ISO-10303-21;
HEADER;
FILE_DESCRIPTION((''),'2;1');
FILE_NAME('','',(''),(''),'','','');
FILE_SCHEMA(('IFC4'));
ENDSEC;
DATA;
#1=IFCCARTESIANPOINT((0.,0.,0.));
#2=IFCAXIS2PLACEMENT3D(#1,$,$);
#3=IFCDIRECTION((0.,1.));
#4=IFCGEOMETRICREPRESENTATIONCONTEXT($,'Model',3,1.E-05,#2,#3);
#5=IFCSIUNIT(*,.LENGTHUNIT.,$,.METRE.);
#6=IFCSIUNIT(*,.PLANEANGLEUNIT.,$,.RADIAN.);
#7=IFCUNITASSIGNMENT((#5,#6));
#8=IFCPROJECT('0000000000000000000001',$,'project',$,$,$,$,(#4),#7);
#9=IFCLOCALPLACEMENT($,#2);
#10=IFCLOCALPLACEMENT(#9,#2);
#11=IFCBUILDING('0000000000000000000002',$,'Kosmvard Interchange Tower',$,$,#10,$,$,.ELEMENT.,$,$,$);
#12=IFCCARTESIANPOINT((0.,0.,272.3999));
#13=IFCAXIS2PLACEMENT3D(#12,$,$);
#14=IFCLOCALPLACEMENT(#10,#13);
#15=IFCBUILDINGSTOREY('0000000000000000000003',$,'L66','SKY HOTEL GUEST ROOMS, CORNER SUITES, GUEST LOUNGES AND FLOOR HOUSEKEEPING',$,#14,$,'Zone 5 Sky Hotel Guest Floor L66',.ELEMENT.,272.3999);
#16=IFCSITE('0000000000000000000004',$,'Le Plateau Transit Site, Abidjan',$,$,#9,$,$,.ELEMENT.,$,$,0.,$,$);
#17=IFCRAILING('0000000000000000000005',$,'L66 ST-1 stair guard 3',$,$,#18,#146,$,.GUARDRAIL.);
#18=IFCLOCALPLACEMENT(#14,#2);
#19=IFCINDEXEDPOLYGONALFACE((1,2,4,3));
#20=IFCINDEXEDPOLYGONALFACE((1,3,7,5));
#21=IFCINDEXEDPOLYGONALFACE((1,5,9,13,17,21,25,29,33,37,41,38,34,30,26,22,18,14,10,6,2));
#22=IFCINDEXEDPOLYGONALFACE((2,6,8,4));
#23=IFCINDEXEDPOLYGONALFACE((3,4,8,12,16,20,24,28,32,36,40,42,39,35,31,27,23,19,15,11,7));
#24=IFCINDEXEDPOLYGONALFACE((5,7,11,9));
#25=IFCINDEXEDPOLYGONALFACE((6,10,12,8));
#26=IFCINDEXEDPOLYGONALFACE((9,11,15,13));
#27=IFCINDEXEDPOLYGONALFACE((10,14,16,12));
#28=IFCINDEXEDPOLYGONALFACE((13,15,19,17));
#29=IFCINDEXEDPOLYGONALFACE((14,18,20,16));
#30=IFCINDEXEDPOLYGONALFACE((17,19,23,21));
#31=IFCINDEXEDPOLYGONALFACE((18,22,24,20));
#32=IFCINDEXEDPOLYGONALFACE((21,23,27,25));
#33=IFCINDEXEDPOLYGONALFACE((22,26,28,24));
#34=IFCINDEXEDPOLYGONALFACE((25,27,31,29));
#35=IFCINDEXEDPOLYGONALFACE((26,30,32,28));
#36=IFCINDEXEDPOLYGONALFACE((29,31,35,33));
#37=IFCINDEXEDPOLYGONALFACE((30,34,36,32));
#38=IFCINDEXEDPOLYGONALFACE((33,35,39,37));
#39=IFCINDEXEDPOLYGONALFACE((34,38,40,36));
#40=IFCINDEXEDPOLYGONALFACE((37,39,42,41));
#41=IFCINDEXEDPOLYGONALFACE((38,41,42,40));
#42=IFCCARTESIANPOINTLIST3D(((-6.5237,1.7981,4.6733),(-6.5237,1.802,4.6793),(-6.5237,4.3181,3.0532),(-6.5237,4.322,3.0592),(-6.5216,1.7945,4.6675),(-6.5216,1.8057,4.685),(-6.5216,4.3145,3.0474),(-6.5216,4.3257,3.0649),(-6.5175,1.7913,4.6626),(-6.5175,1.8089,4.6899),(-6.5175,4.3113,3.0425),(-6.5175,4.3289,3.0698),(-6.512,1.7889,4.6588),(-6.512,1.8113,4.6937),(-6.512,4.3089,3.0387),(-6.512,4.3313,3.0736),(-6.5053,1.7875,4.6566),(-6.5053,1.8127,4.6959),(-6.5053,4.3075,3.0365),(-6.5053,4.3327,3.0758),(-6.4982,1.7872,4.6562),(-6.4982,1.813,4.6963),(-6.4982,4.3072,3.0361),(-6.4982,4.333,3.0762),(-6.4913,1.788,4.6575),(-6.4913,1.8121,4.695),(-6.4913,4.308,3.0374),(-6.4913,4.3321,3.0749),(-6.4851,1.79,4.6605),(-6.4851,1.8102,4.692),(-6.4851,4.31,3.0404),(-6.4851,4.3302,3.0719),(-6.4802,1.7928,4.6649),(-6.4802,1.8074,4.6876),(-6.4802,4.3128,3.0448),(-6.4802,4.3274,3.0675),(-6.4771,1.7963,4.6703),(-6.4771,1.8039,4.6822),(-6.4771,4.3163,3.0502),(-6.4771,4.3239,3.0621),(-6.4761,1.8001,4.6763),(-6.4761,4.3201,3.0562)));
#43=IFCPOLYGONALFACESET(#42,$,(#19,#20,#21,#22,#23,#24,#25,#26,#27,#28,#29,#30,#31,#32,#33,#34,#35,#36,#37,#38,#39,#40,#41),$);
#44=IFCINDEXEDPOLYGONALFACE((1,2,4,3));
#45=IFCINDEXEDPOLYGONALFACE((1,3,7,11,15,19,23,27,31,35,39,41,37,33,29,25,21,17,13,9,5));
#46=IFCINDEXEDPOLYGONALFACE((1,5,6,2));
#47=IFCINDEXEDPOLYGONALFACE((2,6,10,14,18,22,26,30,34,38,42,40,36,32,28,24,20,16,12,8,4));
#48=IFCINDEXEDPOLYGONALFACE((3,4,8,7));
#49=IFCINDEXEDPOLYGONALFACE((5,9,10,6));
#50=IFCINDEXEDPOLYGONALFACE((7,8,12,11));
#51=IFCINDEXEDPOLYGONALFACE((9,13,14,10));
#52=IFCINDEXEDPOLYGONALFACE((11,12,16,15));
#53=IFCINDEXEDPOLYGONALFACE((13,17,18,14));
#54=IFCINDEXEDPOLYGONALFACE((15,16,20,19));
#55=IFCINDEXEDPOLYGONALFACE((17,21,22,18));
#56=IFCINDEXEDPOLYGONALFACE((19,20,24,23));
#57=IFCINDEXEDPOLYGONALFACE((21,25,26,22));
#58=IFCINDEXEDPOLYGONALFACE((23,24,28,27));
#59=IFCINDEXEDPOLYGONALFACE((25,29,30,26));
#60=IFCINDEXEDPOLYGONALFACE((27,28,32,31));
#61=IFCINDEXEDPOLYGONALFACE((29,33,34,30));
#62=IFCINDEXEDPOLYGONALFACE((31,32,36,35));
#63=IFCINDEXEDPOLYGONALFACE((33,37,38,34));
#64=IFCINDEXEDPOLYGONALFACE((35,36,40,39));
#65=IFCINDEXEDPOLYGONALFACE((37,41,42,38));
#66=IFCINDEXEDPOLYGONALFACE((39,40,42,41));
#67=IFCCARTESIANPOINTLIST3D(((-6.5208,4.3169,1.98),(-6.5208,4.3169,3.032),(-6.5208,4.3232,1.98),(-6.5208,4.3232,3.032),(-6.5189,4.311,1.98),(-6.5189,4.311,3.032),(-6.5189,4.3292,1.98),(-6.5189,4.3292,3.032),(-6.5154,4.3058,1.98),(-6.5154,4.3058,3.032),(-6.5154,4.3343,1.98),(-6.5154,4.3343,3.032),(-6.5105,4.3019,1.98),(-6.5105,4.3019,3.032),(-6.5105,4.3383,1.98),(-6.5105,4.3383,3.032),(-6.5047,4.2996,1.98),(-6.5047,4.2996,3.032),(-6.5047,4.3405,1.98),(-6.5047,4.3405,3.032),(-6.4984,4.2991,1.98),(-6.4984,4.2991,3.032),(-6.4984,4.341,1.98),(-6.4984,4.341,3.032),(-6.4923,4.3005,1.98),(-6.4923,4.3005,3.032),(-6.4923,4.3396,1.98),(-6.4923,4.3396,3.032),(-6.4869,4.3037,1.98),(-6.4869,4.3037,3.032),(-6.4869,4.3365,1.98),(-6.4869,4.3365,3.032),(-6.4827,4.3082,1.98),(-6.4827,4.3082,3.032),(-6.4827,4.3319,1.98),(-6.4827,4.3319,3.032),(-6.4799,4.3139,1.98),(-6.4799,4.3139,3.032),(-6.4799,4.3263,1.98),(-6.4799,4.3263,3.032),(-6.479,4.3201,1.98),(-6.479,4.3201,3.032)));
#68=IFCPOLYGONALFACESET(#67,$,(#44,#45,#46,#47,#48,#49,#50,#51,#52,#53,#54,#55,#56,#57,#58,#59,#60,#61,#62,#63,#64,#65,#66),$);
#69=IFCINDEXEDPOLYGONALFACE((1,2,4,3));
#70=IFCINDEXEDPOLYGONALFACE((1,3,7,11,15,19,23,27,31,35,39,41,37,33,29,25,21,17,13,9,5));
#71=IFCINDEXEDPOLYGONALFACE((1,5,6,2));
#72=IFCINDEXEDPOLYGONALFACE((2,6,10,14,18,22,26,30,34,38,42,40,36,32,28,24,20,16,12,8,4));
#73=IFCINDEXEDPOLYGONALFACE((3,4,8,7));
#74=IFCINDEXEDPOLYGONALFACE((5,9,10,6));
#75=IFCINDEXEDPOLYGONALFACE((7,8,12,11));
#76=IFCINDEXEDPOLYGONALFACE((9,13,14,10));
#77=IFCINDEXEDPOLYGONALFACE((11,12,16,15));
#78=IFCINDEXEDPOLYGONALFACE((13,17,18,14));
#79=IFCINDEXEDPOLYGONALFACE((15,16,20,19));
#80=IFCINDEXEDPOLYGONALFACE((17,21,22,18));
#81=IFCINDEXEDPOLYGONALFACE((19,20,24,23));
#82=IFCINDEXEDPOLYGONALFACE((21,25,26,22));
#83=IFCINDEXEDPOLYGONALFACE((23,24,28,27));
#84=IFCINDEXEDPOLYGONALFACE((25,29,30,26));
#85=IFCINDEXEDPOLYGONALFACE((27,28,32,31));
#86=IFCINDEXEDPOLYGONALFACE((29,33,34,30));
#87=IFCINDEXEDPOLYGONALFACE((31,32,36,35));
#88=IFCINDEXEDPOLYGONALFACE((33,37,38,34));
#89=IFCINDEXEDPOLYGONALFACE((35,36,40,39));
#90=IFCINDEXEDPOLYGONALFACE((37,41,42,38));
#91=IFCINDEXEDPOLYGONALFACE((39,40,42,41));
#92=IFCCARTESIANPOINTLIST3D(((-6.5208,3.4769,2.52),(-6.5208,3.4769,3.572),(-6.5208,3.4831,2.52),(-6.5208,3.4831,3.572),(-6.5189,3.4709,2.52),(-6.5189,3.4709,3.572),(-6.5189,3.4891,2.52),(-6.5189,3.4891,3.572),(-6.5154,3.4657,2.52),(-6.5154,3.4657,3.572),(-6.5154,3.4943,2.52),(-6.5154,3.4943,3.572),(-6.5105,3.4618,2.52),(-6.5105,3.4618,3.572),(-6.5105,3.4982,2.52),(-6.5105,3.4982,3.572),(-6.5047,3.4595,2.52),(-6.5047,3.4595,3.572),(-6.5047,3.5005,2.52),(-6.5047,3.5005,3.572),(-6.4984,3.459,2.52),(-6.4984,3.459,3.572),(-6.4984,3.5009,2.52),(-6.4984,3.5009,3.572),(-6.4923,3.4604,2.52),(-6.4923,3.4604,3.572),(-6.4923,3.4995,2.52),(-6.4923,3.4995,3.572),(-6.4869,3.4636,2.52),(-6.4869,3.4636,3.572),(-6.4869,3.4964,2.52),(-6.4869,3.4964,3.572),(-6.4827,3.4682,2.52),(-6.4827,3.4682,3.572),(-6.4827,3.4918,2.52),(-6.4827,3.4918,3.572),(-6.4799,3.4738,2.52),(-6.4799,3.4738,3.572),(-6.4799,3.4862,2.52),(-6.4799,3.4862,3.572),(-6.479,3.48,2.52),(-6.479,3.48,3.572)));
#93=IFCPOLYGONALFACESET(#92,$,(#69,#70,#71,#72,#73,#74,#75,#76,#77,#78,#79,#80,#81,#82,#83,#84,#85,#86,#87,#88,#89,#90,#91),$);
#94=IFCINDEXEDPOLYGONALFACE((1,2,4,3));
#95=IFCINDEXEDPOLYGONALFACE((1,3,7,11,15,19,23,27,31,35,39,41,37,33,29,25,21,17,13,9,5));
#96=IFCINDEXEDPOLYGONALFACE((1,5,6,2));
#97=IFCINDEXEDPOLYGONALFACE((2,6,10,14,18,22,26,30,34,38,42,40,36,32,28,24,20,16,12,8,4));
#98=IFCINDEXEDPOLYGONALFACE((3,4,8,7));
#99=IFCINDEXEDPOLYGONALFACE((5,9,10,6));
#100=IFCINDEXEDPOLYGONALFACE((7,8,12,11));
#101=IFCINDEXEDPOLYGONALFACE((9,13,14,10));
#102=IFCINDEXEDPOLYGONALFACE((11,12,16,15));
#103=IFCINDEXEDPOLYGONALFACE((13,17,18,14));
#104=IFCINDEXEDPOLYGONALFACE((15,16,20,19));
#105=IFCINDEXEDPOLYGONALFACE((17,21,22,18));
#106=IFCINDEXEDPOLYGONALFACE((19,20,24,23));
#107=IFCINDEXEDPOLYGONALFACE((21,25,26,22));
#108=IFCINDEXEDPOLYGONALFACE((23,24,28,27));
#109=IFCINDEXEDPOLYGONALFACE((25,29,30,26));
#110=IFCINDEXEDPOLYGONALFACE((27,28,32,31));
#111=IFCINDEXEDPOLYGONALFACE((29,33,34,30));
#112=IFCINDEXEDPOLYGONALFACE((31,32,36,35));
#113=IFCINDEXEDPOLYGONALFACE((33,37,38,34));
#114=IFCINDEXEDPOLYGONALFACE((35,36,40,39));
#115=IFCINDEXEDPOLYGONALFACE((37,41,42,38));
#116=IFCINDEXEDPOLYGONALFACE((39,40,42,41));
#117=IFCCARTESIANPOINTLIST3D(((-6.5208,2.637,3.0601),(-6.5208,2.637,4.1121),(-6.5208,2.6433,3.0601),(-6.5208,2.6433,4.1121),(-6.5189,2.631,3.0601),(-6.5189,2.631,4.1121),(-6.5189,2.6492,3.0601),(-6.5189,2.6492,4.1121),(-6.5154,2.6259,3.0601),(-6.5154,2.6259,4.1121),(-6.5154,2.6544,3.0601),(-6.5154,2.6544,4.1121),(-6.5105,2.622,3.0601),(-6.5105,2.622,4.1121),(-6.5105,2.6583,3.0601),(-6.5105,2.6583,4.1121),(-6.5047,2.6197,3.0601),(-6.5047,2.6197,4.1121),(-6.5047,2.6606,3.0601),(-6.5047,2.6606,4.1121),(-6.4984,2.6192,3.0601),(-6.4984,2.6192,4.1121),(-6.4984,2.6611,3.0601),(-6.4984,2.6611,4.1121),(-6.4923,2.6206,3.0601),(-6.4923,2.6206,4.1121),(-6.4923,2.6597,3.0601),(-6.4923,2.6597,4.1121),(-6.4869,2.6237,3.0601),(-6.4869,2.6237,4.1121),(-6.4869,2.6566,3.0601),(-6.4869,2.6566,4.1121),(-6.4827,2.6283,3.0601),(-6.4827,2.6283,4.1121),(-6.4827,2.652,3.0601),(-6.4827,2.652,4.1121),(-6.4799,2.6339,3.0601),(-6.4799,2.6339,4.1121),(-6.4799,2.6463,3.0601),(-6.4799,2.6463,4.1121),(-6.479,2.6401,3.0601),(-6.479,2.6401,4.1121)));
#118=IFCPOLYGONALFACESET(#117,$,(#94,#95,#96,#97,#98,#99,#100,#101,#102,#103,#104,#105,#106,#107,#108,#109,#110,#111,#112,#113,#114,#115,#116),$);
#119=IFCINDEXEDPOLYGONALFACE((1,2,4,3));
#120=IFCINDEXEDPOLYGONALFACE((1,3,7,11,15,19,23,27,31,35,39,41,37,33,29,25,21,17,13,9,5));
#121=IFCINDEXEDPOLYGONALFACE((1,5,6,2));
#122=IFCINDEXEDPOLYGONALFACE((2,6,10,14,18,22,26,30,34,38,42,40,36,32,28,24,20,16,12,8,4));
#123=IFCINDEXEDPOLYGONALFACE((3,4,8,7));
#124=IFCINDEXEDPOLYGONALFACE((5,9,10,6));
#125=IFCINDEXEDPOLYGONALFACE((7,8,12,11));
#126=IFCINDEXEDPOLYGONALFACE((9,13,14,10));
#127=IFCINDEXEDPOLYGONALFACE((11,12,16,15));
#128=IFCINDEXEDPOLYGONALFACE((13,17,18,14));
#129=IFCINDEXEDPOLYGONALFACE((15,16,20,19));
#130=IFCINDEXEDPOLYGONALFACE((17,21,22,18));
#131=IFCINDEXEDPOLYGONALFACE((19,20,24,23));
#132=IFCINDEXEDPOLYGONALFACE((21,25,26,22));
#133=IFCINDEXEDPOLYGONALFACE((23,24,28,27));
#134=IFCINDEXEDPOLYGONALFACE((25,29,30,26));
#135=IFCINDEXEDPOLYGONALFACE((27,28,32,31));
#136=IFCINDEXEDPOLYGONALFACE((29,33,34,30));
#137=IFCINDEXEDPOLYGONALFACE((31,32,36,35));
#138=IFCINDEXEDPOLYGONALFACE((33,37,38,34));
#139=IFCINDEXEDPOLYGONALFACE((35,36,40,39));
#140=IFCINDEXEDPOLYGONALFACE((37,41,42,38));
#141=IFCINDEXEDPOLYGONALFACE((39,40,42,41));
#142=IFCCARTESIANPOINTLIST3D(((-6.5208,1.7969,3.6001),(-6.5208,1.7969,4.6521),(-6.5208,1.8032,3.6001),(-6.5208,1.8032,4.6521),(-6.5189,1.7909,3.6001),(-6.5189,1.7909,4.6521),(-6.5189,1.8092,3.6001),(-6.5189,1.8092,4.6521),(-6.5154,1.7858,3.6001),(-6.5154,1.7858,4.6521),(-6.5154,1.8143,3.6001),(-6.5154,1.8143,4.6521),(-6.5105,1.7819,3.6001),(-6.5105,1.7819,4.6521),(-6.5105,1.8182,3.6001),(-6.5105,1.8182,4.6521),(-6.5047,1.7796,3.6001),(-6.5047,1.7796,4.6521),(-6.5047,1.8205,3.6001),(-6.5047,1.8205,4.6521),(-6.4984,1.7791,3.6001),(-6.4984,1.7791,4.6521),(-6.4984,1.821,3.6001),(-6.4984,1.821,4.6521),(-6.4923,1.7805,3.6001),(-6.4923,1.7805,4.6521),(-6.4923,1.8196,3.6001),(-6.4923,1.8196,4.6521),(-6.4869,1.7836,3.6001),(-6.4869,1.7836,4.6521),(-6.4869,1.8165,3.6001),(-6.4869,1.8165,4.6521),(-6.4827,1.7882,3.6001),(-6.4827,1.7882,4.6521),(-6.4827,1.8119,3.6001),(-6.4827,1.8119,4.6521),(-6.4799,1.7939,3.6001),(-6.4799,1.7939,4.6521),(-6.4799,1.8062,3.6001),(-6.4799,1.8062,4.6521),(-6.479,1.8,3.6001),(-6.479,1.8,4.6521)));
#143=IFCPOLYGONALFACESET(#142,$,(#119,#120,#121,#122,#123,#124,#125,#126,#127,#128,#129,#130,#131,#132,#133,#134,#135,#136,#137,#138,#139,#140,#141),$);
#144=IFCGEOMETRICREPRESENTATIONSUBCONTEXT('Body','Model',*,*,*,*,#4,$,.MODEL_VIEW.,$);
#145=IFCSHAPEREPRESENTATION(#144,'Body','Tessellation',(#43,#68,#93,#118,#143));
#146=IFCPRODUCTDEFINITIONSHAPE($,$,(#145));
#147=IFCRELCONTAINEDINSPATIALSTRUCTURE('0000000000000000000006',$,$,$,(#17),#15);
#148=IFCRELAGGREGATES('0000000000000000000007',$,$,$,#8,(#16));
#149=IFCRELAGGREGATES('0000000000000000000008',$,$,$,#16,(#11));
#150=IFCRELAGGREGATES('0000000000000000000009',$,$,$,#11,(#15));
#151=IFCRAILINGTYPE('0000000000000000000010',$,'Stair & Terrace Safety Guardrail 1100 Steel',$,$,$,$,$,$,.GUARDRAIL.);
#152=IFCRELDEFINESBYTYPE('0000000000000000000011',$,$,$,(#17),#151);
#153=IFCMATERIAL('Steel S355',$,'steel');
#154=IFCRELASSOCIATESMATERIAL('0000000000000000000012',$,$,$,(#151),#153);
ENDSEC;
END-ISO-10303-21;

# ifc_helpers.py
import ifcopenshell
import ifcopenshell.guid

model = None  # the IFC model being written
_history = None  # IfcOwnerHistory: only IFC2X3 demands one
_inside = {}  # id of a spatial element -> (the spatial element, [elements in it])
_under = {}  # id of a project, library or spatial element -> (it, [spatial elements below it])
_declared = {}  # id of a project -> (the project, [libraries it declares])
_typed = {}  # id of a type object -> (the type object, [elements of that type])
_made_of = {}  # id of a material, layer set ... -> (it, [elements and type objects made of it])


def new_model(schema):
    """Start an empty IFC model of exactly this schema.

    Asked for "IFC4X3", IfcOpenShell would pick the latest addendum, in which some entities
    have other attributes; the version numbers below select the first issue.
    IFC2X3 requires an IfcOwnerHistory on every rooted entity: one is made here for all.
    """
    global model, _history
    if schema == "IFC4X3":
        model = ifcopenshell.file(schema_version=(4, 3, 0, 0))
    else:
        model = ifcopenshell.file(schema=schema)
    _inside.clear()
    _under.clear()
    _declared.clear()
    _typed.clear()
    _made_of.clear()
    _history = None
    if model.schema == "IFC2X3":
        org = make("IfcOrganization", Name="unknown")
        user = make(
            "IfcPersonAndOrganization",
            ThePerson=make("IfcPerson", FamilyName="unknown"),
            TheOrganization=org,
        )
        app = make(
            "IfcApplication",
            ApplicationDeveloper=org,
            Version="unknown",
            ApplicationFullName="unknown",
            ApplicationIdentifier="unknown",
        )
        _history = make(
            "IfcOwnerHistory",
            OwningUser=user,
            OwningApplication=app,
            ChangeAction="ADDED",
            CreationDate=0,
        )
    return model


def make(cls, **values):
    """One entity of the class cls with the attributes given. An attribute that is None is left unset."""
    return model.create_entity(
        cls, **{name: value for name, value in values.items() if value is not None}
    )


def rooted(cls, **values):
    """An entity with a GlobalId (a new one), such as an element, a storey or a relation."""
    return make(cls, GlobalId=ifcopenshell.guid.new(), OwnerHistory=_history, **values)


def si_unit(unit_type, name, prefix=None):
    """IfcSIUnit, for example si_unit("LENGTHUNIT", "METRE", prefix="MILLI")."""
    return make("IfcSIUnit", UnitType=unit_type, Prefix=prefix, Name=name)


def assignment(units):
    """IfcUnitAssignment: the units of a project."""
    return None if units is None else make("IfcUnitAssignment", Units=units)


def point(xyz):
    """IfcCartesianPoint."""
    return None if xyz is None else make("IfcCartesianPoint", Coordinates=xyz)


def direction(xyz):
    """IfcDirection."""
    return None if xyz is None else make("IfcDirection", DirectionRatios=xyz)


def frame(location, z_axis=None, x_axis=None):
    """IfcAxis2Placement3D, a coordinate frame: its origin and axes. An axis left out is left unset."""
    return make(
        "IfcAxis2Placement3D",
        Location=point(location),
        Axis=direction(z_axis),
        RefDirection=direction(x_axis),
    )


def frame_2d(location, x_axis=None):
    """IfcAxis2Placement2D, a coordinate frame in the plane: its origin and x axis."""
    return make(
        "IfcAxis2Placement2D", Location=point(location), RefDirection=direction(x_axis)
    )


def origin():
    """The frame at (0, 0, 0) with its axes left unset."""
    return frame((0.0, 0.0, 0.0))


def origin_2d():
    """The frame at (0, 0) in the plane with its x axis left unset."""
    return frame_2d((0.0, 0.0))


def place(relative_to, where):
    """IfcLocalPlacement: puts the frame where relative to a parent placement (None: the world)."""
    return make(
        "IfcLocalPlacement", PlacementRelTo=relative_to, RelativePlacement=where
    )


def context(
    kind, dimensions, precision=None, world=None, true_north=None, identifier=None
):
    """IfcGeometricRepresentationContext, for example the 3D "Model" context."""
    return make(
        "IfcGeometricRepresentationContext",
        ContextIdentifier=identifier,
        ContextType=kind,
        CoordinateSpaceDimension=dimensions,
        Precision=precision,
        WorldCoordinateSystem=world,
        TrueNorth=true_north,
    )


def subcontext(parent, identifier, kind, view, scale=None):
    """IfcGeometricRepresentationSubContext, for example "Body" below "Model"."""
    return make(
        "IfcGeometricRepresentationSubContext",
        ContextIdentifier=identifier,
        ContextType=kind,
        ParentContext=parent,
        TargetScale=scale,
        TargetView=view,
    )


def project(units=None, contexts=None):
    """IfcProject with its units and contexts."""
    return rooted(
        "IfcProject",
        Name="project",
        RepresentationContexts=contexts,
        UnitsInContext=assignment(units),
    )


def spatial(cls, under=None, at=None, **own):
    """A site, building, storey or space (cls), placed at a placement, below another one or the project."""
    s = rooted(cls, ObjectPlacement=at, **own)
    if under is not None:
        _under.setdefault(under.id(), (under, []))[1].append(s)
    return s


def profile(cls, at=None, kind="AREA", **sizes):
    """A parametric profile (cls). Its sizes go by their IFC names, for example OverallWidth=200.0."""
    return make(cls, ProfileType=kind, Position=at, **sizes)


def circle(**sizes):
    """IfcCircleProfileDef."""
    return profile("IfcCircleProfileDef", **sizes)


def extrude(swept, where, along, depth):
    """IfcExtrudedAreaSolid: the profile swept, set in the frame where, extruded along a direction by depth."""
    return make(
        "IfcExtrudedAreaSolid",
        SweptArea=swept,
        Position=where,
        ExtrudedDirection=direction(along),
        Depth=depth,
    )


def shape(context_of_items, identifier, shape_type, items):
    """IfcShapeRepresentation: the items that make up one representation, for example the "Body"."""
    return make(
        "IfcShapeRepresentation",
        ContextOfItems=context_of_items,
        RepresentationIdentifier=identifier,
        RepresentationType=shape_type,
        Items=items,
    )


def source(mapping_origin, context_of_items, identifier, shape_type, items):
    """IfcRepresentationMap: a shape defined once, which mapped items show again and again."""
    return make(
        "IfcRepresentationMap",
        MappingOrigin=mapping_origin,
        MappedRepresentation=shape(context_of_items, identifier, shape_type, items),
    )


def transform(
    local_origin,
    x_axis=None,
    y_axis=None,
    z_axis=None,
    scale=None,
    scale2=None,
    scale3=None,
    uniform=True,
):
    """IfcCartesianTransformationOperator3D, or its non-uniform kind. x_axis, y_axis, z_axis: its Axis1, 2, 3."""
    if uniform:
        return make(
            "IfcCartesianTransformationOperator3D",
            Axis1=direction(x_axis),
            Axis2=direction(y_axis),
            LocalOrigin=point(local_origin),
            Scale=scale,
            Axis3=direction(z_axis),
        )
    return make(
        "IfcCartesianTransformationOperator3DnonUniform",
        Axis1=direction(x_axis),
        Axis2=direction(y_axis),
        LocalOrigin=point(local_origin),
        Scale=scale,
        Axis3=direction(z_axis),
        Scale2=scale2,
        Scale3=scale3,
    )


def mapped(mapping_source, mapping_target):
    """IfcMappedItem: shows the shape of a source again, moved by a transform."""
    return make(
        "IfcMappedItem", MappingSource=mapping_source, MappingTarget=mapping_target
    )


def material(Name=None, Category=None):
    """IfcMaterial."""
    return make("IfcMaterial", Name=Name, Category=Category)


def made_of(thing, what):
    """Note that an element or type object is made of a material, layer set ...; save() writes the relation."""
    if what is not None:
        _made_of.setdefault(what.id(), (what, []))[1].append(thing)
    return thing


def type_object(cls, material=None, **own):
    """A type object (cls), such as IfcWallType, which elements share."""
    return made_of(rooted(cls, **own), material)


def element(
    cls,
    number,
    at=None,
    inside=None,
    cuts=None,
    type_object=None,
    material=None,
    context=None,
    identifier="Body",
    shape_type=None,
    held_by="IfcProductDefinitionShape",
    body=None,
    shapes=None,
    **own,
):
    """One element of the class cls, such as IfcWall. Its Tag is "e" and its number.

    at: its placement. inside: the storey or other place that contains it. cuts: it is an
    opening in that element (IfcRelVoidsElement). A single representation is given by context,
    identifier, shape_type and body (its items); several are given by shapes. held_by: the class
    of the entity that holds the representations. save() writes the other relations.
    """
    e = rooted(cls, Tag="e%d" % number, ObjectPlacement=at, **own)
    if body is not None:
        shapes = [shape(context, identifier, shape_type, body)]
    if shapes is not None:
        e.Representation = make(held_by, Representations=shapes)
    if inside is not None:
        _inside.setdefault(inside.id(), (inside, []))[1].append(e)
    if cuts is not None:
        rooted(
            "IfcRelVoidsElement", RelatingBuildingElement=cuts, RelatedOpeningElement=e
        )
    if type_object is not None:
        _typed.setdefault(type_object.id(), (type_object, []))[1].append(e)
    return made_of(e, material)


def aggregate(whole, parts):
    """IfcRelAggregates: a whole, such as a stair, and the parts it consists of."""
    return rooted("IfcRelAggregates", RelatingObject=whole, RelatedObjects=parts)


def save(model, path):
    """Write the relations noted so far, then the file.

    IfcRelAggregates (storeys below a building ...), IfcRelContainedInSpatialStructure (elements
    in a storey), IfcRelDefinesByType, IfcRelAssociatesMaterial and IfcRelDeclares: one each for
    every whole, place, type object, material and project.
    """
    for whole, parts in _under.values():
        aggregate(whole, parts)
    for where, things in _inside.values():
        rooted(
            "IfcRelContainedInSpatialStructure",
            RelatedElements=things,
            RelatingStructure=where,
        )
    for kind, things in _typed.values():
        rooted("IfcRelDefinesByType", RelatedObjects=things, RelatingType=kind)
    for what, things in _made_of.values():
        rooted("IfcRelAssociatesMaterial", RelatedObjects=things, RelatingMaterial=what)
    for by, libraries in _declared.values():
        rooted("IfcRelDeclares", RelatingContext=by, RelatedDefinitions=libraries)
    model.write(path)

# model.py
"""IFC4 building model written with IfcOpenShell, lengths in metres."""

from ifc_helpers import new_model, si_unit, direction, frame, origin, origin_2d, place, context, subcontext, project, spatial, circle, extrude, source, transform, mapped, material, type_object, element, save


model = new_model("IFC4")

# Units and contexts
model_context = context("Model", 3, precision=1e-05, world=origin(), true_north=direction((0.0, 1.0)))
body_context = subcontext(model_context, "Body", "Model", "MODEL_VIEW")
ifc_project = project(units=[si_unit("LENGTHUNIT", "METRE"), si_unit("PLANEANGLEUNIT", "RADIAN")], contexts=[model_context])

# Site, building, storey
site_placement = place(None, origin())
site = spatial("IfcSite", under=ifc_project, at=site_placement, Name="Le Plateau Transit Site, Abidjan", CompositionType="ELEMENT", RefElevation=0.0)
building_placement = place(site_placement, origin())
building = spatial("IfcBuilding", under=site, at=building_placement, Name="Kosmvard Interchange Tower", CompositionType="ELEMENT")
storey_placement = place(building_placement, frame((0.0, 0.0, 272.3999)))
storey = spatial("IfcBuildingStorey", under=building, at=storey_placement, Name="L66", Description="SKY HOTEL GUEST ROOMS, CORNER SUITES, GUEST LOUNGES AND FLOOR HOUSEKEEPING", LongName="Zone 5 Sky Hotel Guest Floor L66", CompositionType="ELEMENT", Elevation=272.3999)

# Shared definitions
ifc_material_1 = material(Name="Steel S355", Category="steel")

# Railing
railing_type_1 = type_object("IfcRailingType", Name="Stair & Terrace Safety Guardrail 1100 Steel", PredefinedType="GUARDRAIL", material=ifc_material_1)
shared_shape_1 = source(origin(), body_context, "Body", "SweptSolid", [
    extrude(circle(Radius=0.0239, at=origin_2d()), frame((0.0, 0.0, 1.0762), z_axis=(0.0, -0.841163, 0.540782), x_axis=(1.0, 0.0, 0.0)), (0.0, 0.0, 1.0), 2.9958),
    extrude(circle(Radius=0.021, at=origin_2d()), origin(), (0.0, 0.0, 1.0), 1.052),
    extrude(circle(Radius=0.021, at=origin_2d()), frame((0.0, -0.8401, 0.54)), (0.0, 0.0, 1.0), 1.052),
    extrude(circle(Radius=0.021, at=origin_2d()), frame((0.0, -1.6799, 1.0801)), (0.0, 0.0, 1.0), 1.052),
    extrude(circle(Radius=0.021, at=origin_2d()), frame((0.0, -2.52, 1.6201)), (0.0, 0.0, 1.0), 1.052),
])
railing_1_placement = place(storey_placement, frame((-6.5, 4.3201, 1.98)))
element("IfcRailing", 1, at=railing_1_placement, inside=storey, type_object=railing_type_1, Name="L66 ST-1 stair guard 3", PredefinedType="GUARDRAIL", context=body_context, shape_type="MappedRepresentation", body=[
    mapped(shared_shape_1, transform((0.0, 0.0, 0.0), scale=1.0)),
])

save(model, "model.ifc")
